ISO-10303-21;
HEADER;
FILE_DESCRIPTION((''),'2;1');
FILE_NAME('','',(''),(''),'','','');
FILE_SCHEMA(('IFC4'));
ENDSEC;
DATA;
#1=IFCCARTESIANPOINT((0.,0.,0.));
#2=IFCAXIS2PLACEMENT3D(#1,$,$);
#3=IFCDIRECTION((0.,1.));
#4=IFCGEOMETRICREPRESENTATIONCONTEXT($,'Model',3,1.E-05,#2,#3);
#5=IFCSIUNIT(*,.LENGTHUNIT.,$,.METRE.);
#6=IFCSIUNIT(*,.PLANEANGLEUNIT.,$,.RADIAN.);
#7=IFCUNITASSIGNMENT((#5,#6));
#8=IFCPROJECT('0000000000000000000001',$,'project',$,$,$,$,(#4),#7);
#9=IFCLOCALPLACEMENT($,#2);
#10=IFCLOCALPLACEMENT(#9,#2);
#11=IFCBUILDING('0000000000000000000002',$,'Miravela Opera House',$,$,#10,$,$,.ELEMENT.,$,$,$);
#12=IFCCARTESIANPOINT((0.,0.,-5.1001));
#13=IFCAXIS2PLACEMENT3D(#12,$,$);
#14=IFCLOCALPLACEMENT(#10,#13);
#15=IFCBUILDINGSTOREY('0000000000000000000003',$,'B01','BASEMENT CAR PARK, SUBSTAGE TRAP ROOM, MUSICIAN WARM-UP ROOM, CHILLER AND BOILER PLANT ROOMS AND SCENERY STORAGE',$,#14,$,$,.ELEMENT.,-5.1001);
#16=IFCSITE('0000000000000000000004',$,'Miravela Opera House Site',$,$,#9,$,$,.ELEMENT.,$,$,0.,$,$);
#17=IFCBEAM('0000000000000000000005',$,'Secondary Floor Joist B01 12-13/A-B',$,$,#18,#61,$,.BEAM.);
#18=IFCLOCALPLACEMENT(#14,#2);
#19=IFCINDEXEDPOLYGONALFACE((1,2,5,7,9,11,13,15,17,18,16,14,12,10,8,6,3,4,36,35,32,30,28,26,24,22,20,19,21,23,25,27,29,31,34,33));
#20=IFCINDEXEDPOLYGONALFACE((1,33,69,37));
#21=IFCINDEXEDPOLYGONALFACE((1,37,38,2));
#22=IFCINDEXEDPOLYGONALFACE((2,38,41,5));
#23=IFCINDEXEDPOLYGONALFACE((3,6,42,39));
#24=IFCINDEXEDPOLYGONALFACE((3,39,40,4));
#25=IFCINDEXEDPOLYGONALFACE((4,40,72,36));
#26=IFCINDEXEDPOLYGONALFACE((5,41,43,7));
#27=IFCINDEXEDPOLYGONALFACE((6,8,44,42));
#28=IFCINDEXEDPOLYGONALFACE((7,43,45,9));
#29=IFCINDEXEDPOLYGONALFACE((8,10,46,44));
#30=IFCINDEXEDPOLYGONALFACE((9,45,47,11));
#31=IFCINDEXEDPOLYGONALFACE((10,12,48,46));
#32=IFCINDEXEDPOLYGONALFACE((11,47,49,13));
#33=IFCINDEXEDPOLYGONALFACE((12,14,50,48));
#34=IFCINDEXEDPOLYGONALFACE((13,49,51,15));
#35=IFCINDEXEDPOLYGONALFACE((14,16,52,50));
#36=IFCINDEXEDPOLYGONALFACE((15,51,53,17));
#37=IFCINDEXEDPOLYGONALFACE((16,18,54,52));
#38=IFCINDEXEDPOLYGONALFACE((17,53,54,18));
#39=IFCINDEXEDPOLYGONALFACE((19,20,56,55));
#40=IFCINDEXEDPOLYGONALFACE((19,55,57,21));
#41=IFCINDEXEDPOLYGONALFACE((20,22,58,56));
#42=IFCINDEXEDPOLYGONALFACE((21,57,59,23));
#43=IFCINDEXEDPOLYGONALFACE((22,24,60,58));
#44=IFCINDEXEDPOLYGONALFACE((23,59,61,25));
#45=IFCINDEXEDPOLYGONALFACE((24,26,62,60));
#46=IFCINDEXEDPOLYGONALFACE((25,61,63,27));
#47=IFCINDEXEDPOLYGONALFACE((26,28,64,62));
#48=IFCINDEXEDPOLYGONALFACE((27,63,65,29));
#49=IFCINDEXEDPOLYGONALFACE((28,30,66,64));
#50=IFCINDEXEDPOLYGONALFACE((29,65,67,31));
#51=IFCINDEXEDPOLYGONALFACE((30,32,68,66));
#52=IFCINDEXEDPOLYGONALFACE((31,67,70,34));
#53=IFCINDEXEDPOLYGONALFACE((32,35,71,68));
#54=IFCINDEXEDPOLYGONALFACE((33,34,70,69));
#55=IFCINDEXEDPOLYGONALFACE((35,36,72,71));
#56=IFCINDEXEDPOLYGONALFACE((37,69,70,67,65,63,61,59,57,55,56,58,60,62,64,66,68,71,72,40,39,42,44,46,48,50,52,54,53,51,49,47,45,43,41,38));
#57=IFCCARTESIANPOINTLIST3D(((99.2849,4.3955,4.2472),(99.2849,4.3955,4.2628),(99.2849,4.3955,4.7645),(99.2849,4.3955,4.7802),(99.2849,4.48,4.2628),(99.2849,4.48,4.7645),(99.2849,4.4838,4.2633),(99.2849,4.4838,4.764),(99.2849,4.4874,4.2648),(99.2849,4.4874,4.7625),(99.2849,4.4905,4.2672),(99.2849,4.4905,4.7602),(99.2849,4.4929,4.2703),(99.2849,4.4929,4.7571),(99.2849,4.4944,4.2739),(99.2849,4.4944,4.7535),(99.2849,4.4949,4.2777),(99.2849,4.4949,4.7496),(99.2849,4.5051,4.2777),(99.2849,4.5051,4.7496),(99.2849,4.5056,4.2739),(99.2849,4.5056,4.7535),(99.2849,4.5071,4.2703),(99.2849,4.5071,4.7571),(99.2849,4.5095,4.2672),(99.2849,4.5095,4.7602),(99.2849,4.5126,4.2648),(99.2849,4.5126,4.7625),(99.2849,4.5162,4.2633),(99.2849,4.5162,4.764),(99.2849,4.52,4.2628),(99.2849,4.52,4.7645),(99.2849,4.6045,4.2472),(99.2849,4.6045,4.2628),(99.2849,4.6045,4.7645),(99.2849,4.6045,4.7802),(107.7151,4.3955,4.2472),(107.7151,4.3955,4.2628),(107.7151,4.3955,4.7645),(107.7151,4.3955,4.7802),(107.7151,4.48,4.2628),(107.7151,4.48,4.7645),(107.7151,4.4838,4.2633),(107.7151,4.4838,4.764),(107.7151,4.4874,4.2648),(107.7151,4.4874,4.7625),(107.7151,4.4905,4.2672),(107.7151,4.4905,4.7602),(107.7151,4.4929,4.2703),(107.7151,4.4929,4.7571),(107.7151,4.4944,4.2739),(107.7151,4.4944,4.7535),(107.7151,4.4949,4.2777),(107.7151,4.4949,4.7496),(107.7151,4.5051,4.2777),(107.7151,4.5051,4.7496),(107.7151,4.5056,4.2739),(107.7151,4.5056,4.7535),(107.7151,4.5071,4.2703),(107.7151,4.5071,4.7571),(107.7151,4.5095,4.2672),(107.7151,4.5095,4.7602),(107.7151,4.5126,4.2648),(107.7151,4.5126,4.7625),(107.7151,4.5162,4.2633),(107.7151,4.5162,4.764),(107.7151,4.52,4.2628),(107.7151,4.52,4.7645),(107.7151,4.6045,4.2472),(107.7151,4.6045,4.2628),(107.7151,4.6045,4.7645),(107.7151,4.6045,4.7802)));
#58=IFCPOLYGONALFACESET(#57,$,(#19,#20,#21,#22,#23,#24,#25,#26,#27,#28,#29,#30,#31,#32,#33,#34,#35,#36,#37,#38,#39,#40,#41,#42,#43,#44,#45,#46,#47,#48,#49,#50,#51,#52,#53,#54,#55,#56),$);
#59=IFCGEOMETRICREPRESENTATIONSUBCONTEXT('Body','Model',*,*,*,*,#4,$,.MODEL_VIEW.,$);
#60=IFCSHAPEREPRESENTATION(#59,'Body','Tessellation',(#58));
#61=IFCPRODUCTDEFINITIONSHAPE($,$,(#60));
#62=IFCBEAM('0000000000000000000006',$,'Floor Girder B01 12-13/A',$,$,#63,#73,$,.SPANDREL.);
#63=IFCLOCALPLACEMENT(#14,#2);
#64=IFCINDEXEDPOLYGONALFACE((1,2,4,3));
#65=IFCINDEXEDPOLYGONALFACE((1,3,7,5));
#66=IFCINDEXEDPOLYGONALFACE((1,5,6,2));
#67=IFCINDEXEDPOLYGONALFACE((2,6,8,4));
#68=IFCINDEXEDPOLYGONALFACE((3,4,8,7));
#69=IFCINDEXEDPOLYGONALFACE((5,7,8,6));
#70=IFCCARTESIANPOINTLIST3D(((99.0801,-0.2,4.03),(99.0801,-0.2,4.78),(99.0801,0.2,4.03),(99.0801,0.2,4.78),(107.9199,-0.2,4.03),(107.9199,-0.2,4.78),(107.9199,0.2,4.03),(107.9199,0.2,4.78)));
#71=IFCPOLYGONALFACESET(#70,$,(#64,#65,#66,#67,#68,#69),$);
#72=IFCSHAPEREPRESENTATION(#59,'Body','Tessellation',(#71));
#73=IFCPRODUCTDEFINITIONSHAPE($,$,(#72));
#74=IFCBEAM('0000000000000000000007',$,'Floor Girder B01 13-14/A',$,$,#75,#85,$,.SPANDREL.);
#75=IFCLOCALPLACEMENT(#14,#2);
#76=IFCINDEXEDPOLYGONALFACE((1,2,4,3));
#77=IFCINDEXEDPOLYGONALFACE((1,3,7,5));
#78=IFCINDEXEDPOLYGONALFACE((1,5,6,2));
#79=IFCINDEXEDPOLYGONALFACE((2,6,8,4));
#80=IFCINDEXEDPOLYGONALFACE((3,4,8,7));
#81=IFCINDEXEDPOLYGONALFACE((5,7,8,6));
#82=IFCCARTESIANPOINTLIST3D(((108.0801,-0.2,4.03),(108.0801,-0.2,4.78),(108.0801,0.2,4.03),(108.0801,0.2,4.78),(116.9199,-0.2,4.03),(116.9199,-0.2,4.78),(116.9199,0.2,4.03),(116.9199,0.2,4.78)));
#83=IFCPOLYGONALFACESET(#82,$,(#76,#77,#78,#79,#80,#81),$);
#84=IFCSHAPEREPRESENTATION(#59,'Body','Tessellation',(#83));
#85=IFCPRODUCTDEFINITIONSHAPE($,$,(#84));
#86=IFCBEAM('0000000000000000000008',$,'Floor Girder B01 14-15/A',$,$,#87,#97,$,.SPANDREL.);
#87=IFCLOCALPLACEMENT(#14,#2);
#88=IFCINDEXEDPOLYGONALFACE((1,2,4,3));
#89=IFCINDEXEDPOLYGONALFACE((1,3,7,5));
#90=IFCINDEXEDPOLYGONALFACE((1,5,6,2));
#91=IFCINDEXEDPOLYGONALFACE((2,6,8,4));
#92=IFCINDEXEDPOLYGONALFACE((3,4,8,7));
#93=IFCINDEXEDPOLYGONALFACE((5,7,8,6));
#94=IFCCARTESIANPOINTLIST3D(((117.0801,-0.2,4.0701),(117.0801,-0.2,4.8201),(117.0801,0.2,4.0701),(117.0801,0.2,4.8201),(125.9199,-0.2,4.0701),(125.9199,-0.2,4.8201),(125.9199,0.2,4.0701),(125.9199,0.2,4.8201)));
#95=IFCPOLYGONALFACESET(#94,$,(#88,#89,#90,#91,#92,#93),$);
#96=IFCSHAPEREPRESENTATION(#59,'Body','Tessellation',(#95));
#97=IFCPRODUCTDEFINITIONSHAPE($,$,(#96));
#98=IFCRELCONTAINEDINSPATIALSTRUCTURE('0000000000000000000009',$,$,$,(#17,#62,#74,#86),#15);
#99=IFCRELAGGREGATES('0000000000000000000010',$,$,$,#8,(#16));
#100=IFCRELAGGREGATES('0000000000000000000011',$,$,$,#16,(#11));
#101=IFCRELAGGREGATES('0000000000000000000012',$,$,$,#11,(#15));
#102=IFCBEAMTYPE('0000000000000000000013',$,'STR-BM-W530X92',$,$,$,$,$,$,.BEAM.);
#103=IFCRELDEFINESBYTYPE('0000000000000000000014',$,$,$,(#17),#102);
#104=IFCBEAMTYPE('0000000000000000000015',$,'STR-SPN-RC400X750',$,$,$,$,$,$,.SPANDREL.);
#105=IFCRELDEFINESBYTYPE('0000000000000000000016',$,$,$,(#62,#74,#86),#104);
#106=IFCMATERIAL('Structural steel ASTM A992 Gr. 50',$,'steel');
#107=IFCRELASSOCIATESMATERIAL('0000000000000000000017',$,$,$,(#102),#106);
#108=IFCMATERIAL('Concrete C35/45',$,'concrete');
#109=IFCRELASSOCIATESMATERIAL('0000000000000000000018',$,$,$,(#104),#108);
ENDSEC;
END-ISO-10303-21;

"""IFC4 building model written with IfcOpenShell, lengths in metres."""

from ifc_helpers import new_model, si_unit, direction, frame, origin, origin_2d, place, context, subcontext, project, spatial, rectangle, i_section, extrude, material, material_profile, profile_set, type_object, element, save


model = new_model("IFC4")

# Units and contexts
model_context = context("Model", 3, precision=1e-05, world=origin(), true_north=direction((0.0, 1.0)))
body_context = subcontext(model_context, "Body", "Model", "MODEL_VIEW")
ifc_project = project(units=[si_unit("LENGTHUNIT", "METRE"), si_unit("PLANEANGLEUNIT", "RADIAN")], contexts=[model_context])

# Site, building, storey
site_placement = place(None, origin())
site = spatial("IfcSite", under=ifc_project, at=site_placement, Name="Miravela Opera House Site", CompositionType="ELEMENT", RefElevation=0.0)
building_placement = place(site_placement, origin())
building = spatial("IfcBuilding", under=site, at=building_placement, Name="Miravela Opera House", CompositionType="ELEMENT")
storey_placement = place(building_placement, frame((0.0, 0.0, -5.1001)))
storey = spatial("IfcBuildingStorey", under=building, at=storey_placement, Name="B01", Description="BASEMENT CAR PARK, SUBSTAGE TRAP ROOM, MUSICIAN WARM-UP ROOM, CHILLER AND BOILER PLANT ROOMS AND SCENERY STORAGE", CompositionType="ELEMENT", Elevation=-5.1001)

# Shared definitions
ifc_material_1 = material(Name="Concrete C35/45", Category="concrete")

# Beams
ifc_material_2 = material(Name="Structural steel ASTM A992 Gr. 50", Category="steel")
ifc_material_profile_1 = material_profile(ifc_material_2, i_section(OverallWidth=0.209, OverallDepth=0.533, WebThickness=0.0103, FlangeThickness=0.0156, FilletRadius=0.0149, at=origin_2d()), Name="W530X92")
ifc_profile_set_1 = profile_set([ifc_material_profile_1])
beam_type_1 = type_object("IfcBeamType", Name="STR-BM-W530X92", PredefinedType="BEAM", material=ifc_profile_set_1)
beam_1_placement = place(storey_placement, frame((99.2849, 4.5, 4.5137), z_axis=(1.0, 0.0, 0.0), x_axis=(0.0, 1.0, 0.0)))
element("IfcBeam", 1, at=beam_1_placement, inside=storey, type_object=beam_type_1, Name="Secondary Floor Joist B01 12-13/A-B", PredefinedType="BEAM", context=body_context, shape_type="SweptSolid", body=[
    extrude(i_section(OverallWidth=0.209, OverallDepth=0.533, WebThickness=0.0103, FlangeThickness=0.0156, FilletRadius=0.0149, at=origin_2d()), origin(), (0.0, 0.0, 1.0), 8.4302),
])
ifc_material_profile_2 = material_profile(ifc_material_1, rectangle(XDim=0.3999, YDim=0.75, at=origin_2d()), Name="RC-SPN-400X750")
ifc_profile_set_2 = profile_set([ifc_material_profile_2])
beam_type_2 = type_object("IfcBeamType", Name="STR-SPN-RC400X750", PredefinedType="SPANDREL", material=ifc_profile_set_2)
for number, where, z_axis, x_axis, name in (
    (2, (99.0801, 0.0, 4.405), (1.0, 0.0, 0.0), (0.0, 1.0, 0.0), "Floor Girder B01 12-13/A"),
    (3, (108.0801, 0.0, 4.405), (1.0, 0.0, 0.0), (0.0, 1.0, 0.0), "Floor Girder B01 13-14/A"),
    (4, (117.0801, 0.0, 4.4451), (1.0, 0.0, 0.0), (0.0, 1.0, 0.0), "Floor Girder B01 14-15/A"),
):
    element("IfcBeam", number, at=place(storey_placement, frame(where, z_axis=z_axis, x_axis=x_axis)), inside=storey, type_object=beam_type_2, Name=name, PredefinedType="SPANDREL", context=body_context, shape_type="SweptSolid", body=[
        extrude(rectangle(XDim=0.3999, YDim=0.75, at=origin_2d()), origin(), (0.0, 0.0, 1.0), 8.8398),
    ])

save(model, "model.ifc")
